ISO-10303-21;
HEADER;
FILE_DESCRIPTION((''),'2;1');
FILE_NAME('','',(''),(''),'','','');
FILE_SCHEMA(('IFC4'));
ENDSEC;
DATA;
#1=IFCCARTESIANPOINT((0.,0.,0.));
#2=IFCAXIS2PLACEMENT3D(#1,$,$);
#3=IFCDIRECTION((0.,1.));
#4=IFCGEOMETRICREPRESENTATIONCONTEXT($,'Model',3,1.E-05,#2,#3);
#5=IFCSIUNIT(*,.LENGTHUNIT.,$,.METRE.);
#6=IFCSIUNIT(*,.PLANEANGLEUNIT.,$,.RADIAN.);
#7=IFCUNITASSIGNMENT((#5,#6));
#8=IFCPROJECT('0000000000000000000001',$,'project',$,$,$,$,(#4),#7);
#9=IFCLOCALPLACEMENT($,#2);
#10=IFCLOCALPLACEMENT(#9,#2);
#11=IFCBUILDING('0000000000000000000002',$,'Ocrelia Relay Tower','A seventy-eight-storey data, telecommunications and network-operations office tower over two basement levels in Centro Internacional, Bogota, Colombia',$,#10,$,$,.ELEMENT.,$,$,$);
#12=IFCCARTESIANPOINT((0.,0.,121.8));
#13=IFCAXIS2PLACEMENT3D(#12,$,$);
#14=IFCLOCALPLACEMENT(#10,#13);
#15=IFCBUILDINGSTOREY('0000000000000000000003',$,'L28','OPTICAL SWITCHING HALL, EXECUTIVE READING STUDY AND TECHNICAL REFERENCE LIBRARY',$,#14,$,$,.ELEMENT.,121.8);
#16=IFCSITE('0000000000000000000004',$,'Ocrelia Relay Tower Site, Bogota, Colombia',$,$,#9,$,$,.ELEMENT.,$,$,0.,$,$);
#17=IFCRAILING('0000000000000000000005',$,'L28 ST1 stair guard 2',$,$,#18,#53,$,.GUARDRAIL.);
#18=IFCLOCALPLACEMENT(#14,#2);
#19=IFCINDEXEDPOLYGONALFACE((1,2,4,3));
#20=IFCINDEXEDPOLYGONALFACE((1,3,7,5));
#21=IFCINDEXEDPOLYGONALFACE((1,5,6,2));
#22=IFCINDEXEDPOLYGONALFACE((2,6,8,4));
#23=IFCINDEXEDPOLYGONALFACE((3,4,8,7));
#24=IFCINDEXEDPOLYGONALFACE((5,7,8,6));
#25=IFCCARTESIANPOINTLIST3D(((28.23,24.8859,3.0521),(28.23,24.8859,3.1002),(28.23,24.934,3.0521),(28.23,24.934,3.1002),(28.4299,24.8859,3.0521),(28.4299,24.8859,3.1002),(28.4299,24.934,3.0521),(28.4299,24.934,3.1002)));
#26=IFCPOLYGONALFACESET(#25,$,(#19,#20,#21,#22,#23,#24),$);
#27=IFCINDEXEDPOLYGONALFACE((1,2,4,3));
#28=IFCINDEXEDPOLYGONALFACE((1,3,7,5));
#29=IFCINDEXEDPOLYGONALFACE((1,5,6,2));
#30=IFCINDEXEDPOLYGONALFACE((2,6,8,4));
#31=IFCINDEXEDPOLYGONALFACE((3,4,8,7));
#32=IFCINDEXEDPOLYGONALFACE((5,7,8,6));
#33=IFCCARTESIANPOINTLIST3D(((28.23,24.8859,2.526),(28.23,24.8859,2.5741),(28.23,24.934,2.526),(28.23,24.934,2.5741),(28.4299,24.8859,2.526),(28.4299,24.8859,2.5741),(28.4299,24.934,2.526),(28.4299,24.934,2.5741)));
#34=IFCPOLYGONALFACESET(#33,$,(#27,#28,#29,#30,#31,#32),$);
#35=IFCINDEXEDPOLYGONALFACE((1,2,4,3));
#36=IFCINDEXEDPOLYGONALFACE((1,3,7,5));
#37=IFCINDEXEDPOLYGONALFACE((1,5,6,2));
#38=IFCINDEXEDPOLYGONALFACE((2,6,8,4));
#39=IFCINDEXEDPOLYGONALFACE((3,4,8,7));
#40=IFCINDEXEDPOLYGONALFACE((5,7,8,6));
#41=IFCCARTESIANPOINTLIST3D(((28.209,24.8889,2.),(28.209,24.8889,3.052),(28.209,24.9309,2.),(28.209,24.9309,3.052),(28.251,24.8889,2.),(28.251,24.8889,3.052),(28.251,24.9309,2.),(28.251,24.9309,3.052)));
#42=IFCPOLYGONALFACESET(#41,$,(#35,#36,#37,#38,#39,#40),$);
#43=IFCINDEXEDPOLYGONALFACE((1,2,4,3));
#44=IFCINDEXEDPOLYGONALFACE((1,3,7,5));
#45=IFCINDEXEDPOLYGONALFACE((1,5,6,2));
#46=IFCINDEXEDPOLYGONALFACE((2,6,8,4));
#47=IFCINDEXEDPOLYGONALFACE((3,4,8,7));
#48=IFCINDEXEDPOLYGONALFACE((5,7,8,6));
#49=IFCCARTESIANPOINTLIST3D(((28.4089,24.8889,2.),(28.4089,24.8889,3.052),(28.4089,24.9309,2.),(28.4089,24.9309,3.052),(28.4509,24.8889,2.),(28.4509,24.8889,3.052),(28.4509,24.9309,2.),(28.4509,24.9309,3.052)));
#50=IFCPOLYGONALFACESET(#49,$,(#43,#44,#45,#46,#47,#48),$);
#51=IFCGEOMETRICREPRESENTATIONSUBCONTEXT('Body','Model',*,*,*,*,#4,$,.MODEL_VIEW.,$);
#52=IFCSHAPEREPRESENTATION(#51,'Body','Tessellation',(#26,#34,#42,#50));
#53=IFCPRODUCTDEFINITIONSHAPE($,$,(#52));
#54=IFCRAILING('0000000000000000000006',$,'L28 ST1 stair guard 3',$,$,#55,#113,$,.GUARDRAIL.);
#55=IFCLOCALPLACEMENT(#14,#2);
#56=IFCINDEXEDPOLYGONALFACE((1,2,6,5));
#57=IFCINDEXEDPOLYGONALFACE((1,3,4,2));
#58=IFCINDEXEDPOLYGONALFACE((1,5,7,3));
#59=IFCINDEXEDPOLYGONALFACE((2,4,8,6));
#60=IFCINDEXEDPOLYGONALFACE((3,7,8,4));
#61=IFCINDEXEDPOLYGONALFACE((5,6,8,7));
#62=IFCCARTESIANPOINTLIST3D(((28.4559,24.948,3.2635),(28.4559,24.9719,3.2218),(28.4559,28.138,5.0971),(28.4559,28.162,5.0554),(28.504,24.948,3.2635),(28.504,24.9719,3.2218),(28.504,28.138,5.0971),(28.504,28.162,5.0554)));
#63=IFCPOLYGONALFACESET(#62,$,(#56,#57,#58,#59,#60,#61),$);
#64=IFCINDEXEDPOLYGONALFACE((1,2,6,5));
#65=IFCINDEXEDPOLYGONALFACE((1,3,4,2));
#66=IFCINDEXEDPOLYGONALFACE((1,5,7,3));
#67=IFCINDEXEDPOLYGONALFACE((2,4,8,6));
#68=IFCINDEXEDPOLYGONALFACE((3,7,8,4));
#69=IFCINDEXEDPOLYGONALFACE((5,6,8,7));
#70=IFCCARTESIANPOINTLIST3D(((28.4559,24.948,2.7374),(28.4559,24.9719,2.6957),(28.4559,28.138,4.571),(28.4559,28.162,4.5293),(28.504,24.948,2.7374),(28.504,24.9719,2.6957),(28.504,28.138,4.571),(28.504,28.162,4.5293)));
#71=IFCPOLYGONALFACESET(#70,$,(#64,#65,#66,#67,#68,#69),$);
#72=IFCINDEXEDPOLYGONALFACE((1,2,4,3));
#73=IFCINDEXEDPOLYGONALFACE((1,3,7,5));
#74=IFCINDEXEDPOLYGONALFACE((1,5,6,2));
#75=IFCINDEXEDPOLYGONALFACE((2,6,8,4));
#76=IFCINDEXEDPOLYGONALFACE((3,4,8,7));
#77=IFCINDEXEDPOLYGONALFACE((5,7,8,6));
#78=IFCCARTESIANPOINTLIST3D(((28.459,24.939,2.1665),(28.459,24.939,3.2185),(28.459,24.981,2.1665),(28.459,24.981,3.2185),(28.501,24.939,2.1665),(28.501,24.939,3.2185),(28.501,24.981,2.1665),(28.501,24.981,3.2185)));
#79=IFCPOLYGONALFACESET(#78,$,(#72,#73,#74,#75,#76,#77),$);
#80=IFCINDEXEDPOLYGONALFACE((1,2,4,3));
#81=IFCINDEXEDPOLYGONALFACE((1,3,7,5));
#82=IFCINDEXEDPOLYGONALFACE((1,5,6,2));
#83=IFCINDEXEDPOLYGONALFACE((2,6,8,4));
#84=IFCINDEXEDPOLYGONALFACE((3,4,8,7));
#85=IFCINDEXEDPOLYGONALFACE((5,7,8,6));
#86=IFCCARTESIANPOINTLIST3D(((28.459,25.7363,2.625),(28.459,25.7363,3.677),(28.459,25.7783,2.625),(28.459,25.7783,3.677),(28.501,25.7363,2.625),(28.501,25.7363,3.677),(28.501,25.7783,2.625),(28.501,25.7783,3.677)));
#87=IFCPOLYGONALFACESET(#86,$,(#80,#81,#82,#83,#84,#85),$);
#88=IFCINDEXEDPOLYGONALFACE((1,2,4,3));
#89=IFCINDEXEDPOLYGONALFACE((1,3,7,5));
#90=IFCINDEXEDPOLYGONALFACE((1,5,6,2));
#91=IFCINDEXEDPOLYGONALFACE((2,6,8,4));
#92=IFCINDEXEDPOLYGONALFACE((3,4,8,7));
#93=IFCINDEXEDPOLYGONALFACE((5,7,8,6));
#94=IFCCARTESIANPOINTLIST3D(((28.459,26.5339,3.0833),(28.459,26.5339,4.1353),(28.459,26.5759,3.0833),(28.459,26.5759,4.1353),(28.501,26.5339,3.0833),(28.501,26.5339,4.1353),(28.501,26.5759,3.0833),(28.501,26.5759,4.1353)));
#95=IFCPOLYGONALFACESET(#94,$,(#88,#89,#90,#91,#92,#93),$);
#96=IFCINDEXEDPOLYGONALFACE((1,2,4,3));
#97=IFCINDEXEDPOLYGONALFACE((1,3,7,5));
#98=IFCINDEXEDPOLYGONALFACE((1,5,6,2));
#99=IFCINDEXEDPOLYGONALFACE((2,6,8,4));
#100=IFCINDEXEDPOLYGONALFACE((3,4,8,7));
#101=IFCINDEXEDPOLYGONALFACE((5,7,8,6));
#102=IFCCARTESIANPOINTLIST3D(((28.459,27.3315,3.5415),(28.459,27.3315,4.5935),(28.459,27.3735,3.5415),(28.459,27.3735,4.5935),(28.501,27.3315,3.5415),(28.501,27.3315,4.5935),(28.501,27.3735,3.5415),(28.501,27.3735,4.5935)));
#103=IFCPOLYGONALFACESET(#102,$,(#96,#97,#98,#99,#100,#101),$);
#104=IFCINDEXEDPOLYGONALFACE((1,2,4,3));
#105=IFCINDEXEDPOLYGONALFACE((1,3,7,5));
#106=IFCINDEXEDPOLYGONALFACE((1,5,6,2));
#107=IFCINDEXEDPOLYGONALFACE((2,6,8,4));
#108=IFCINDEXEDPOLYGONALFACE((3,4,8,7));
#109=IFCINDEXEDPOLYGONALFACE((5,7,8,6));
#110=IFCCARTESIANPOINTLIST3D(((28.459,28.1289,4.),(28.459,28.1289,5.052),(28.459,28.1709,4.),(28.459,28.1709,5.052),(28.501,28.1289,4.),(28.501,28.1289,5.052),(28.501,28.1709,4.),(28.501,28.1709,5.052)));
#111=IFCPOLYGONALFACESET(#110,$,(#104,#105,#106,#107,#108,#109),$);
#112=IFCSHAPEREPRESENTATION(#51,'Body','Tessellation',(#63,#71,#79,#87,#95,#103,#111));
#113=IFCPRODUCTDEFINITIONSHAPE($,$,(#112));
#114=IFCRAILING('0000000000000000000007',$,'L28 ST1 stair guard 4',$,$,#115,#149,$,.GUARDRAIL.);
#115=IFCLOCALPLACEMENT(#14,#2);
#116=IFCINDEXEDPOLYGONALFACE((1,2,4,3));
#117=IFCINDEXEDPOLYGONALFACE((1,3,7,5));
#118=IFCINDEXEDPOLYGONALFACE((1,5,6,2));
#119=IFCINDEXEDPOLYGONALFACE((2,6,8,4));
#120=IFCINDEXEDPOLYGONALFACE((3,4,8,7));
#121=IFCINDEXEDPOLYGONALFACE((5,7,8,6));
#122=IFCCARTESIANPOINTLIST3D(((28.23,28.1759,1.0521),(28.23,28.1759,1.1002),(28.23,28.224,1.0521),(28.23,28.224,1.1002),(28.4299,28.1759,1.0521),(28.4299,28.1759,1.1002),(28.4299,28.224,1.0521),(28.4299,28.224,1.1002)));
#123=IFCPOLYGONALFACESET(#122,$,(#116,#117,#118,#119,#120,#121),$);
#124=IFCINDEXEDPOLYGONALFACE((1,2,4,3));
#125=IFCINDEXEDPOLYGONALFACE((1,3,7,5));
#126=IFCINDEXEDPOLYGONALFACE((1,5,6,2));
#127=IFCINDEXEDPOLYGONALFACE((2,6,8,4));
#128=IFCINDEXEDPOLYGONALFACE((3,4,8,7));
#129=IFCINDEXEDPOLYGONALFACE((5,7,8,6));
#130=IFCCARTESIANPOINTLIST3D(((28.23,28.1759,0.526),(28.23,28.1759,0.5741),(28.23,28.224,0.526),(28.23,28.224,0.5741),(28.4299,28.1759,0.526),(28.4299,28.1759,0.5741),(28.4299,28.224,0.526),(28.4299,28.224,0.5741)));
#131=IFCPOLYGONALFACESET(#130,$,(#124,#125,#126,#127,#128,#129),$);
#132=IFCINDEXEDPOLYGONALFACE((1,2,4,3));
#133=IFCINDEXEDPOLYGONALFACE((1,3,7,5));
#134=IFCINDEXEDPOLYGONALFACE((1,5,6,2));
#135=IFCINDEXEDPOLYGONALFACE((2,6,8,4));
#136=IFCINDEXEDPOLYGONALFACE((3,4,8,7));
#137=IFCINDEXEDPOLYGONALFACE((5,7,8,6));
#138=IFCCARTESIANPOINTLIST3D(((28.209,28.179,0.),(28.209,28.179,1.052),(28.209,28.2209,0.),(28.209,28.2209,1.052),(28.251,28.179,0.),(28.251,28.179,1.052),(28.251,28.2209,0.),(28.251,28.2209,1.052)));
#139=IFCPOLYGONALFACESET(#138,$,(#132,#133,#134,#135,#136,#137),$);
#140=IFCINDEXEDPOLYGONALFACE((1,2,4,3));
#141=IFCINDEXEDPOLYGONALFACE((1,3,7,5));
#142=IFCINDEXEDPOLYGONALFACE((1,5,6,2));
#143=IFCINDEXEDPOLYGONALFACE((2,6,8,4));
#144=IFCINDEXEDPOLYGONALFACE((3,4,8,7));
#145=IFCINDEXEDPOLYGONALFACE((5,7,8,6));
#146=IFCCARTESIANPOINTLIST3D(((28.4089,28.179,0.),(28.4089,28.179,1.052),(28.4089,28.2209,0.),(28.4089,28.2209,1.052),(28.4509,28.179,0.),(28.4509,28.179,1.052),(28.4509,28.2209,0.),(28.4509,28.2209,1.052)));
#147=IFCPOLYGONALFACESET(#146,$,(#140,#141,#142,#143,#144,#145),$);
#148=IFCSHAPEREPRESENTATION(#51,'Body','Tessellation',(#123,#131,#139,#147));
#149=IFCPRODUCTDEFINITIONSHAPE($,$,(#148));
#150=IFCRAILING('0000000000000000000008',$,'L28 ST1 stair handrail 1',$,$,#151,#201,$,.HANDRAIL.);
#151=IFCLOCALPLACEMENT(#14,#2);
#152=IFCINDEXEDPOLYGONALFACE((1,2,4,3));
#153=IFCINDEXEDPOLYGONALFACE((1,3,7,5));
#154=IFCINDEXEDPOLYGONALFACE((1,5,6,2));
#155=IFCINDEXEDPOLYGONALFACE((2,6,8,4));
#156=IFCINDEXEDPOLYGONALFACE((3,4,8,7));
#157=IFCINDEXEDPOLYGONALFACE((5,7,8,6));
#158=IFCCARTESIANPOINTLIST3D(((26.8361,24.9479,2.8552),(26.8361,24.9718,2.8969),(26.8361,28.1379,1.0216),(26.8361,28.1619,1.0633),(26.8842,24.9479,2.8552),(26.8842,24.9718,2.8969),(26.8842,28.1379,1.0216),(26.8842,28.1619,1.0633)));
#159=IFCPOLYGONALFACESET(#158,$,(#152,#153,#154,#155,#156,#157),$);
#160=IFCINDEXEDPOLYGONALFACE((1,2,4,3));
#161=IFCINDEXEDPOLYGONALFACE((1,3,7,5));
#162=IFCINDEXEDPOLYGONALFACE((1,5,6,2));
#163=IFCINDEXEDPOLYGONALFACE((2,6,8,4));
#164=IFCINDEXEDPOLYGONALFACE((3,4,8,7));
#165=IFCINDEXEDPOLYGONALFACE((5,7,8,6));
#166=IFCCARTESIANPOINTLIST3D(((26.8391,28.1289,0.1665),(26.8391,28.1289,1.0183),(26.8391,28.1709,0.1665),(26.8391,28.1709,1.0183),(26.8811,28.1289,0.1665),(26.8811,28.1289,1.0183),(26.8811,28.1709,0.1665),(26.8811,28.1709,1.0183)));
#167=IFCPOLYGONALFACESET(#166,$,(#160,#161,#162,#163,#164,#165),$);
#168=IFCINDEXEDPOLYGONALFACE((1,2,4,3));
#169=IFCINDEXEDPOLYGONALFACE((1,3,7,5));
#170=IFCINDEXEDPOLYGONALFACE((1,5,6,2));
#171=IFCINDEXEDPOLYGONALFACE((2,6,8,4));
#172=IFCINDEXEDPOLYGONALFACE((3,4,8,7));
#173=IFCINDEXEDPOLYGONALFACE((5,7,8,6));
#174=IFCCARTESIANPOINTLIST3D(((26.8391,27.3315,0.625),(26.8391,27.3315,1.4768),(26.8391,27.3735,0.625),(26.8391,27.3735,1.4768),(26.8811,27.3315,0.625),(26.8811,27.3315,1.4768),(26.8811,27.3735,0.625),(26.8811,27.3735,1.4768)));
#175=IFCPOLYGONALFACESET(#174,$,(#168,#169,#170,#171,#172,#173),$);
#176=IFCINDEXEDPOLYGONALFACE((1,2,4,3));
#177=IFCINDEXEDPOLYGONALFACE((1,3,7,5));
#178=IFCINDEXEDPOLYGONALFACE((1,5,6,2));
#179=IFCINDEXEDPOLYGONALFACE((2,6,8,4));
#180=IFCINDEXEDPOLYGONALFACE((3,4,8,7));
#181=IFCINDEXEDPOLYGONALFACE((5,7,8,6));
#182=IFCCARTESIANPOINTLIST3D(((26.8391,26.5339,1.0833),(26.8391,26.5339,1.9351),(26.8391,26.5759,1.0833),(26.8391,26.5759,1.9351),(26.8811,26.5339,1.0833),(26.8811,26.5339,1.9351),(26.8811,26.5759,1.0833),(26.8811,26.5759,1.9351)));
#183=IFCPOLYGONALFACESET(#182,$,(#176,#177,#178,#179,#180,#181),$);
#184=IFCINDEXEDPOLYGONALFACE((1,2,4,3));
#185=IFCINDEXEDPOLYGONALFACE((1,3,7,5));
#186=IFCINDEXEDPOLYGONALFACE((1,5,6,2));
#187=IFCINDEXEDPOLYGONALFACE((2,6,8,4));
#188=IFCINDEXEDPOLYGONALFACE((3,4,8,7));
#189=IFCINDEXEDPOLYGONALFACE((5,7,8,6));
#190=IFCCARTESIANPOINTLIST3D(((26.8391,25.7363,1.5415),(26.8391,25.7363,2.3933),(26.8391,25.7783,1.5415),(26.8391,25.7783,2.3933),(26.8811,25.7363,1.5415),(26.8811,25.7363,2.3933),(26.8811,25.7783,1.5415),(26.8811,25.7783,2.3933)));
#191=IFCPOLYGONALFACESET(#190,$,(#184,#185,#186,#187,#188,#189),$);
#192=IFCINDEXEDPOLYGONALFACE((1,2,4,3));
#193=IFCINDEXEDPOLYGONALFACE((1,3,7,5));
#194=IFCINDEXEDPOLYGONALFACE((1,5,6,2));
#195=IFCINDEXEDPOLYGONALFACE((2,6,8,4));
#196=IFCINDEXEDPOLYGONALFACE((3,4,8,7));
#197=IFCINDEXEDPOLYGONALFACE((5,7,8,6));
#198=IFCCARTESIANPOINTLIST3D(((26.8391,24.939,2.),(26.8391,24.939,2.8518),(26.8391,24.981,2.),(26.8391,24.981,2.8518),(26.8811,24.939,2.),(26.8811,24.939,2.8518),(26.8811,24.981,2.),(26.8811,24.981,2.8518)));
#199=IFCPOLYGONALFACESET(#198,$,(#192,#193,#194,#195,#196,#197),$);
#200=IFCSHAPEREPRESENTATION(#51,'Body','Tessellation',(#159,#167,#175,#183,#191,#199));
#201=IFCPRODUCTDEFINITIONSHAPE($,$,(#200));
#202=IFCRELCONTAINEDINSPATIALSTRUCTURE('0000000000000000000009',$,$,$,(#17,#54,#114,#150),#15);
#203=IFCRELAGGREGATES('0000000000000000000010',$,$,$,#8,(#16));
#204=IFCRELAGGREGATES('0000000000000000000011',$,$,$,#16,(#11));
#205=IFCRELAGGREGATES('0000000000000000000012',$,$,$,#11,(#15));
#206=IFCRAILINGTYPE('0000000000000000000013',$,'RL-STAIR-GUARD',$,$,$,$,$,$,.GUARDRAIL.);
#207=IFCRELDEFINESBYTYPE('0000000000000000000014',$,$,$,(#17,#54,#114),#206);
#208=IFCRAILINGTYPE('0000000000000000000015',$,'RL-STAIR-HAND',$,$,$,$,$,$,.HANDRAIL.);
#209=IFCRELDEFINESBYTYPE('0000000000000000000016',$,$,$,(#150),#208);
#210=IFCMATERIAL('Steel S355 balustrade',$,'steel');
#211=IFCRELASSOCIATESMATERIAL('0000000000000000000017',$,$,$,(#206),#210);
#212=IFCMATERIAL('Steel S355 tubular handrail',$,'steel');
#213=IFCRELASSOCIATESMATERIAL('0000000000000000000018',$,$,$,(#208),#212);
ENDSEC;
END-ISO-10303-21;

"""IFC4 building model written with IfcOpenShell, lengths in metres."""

from ifc_helpers import new_model, si_unit, direction, frame, origin, origin_2d, place, context, subcontext, project, spatial, rectangle, extrude, material, type_object, element, save


model = new_model("IFC4")

# Units and contexts
model_context = context("Model", 3, precision=1e-05, world=origin(), true_north=direction((0.0, 1.0)))
body_context = subcontext(model_context, "Body", "Model", "MODEL_VIEW")
ifc_project = project(units=[si_unit("LENGTHUNIT", "METRE"), si_unit("PLANEANGLEUNIT", "RADIAN")], contexts=[model_context])

# Site, building, storey
site_placement = place(None, origin())
site = spatial("IfcSite", under=ifc_project, at=site_placement, Name="Ocrelia Relay Tower Site, Bogota, Colombia", CompositionType="ELEMENT", RefElevation=0.0)
building_placement = place(site_placement, origin())
building = spatial("IfcBuilding", under=site, at=building_placement, Name="Ocrelia Relay Tower", Description="A seventy-eight-storey data, telecommunications and network-operations office tower over two basement levels in Centro Internacional, Bogota, Colombia", CompositionType="ELEMENT")
storey_placement = place(building_placement, frame((0.0, 0.0, 121.8)))
storey = spatial("IfcBuildingStorey", under=building, at=storey_placement, Name="L28", Description="OPTICAL SWITCHING HALL, EXECUTIVE READING STUDY AND TECHNICAL REFERENCE LIBRARY", CompositionType="ELEMENT", Elevation=121.8)

# Railings
ifc_material_1 = material(Name="Steel S355 balustrade", Category="steel")
railing_type_1 = type_object("IfcRailingType", Name="RL-STAIR-GUARD", PredefinedType="GUARDRAIL", material=ifc_material_1)
railing_1_placement = place(storey_placement, frame((28.23, 24.9099, 2.0)))
element("IfcRailing", 1, at=railing_1_placement, inside=storey, type_object=railing_type_1, Name="L28 ST1 stair guard 2", PredefinedType="GUARDRAIL", context=body_context, shape_type="SweptSolid", body=[
    extrude(rectangle(XDim=0.0481, YDim=0.0481, at=origin_2d()), frame((0.0, 0.0, 1.0762), z_axis=(1.0, 0.0, 0.0), x_axis=(0.0, 1.0, 0.0)), (0.0, 0.0, 1.0), 0.2),
    extrude(rectangle(XDim=0.0481, YDim=0.0481, at=origin_2d()), frame((0.0, 0.0, 0.55), z_axis=(1.0, 0.0, 0.0), x_axis=(0.0, 1.0, 0.0)), (0.0, 0.0, 1.0), 0.2),
    extrude(rectangle(XDim=0.042, YDim=0.042, at=origin_2d()), origin(), (0.0, 0.0, 1.0), 1.052),
    extrude(rectangle(XDim=0.042, YDim=0.042, at=origin_2d()), frame((0.2, 0.0, 0.0)), (0.0, 0.0, 1.0), 1.052),
])
railing_2_placement = place(storey_placement, frame((28.48, 24.96, 2.1665)))
element("IfcRailing", 2, at=railing_2_placement, inside=storey, type_object=railing_type_1, Name="L28 ST1 stair guard 3", PredefinedType="GUARDRAIL", context=body_context, shape_type="SweptSolid", body=[
    extrude(rectangle(XDim=0.0481, YDim=0.0481, at=origin_2d()), frame((0.0, 0.0, 1.0762), z_axis=(0.0, 0.866991, 0.498324), x_axis=(-1.0, 0.0, 0.0)), (0.0, 0.0, 1.0), 3.6794),
    extrude(rectangle(XDim=0.0481, YDim=0.0481, at=origin_2d()), frame((0.0, 0.0, 0.55), z_axis=(0.0, 0.866991, 0.498324), x_axis=(-1.0, 0.0, 0.0)), (0.0, 0.0, 1.0), 3.6794),
    extrude(rectangle(XDim=0.042, YDim=0.042, at=origin_2d()), origin(), (0.0, 0.0, 1.0), 1.052),
    extrude(rectangle(XDim=0.042, YDim=0.042, at=origin_2d()), frame((0.0, 0.7974, 0.4585)), (0.0, 0.0, 1.0), 1.052),
    extrude(rectangle(XDim=0.042, YDim=0.042, at=origin_2d()), frame((0.0, 1.595, 0.9167)), (0.0, 0.0, 1.0), 1.052),
    extrude(rectangle(XDim=0.042, YDim=0.042, at=origin_2d()), frame((0.0, 2.3926, 1.375)), (0.0, 0.0, 1.0), 1.052),
    extrude(rectangle(XDim=0.042, YDim=0.042, at=origin_2d()), frame((0.0, 3.1899, 1.8335)), (0.0, 0.0, 1.0), 1.052),
])
railing_3_placement = place(storey_placement, frame((28.23, 28.2, 0.0)))
element("IfcRailing", 3, at=railing_3_placement, inside=storey, type_object=railing_type_1, Name="L28 ST1 stair guard 4", PredefinedType="GUARDRAIL", context=body_context, shape_type="SweptSolid", body=[
    extrude(rectangle(XDim=0.0481, YDim=0.0481, at=origin_2d()), frame((0.0, 0.0, 1.0762), z_axis=(1.0, 0.0, 0.0), x_axis=(0.0, 1.0, 0.0)), (0.0, 0.0, 1.0), 0.2),
    extrude(rectangle(XDim=0.0481, YDim=0.0481, at=origin_2d()), frame((0.0, 0.0, 0.55), z_axis=(1.0, 0.0, 0.0), x_axis=(0.0, 1.0, 0.0)), (0.0, 0.0, 1.0), 0.2),
    extrude(rectangle(XDim=0.042, YDim=0.042, at=origin_2d()), origin(), (0.0, 0.0, 1.0), 1.052),
    extrude(rectangle(XDim=0.042, YDim=0.042, at=origin_2d()), frame((0.2, 0.0, 0.0)), (0.0, 0.0, 1.0), 1.052),
])
ifc_material_2 = material(Name="Steel S355 tubular handrail", Category="steel")
railing_type_2 = type_object("IfcRailingType", Name="RL-STAIR-HAND", PredefinedType="HANDRAIL", material=ifc_material_2)
railing_4_placement = place(storey_placement, frame((26.8601, 28.1499, 0.1665)))
element("IfcRailing", 4, at=railing_4_placement, inside=storey, type_object=railing_type_2, Name="L28 ST1 stair handrail 1", PredefinedType="HANDRAIL", context=body_context, shape_type="SweptSolid", body=[
    extrude(rectangle(XDim=0.0481, YDim=0.0481, at=origin_2d()), frame((0.0, 0.0, 0.876), z_axis=(0.0, -0.866991, 0.498324), x_axis=(1.0, 0.0, 0.0)), (0.0, 0.0, 1.0), 3.6794),
    extrude(rectangle(XDim=0.042, YDim=0.042, at=origin_2d()), origin(), (0.0, 0.0, 1.0), 0.8518),
    extrude(rectangle(XDim=0.042, YDim=0.042, at=origin_2d()), frame((0.0, -0.7974, 0.4585)), (0.0, 0.0, 1.0), 0.8518),
    extrude(rectangle(XDim=0.042, YDim=0.042, at=origin_2d()), frame((0.0, -1.595, 0.9167)), (0.0, 0.0, 1.0), 0.8518),
    extrude(rectangle(XDim=0.042, YDim=0.042, at=origin_2d()), frame((0.0, -2.3926, 1.375)), (0.0, 0.0, 1.0), 0.8518),
    extrude(rectangle(XDim=0.042, YDim=0.042, at=origin_2d()), frame((0.0, -3.1899, 1.8335)), (0.0, 0.0, 1.0), 0.8518),
])

save(model, "model.ifc")
